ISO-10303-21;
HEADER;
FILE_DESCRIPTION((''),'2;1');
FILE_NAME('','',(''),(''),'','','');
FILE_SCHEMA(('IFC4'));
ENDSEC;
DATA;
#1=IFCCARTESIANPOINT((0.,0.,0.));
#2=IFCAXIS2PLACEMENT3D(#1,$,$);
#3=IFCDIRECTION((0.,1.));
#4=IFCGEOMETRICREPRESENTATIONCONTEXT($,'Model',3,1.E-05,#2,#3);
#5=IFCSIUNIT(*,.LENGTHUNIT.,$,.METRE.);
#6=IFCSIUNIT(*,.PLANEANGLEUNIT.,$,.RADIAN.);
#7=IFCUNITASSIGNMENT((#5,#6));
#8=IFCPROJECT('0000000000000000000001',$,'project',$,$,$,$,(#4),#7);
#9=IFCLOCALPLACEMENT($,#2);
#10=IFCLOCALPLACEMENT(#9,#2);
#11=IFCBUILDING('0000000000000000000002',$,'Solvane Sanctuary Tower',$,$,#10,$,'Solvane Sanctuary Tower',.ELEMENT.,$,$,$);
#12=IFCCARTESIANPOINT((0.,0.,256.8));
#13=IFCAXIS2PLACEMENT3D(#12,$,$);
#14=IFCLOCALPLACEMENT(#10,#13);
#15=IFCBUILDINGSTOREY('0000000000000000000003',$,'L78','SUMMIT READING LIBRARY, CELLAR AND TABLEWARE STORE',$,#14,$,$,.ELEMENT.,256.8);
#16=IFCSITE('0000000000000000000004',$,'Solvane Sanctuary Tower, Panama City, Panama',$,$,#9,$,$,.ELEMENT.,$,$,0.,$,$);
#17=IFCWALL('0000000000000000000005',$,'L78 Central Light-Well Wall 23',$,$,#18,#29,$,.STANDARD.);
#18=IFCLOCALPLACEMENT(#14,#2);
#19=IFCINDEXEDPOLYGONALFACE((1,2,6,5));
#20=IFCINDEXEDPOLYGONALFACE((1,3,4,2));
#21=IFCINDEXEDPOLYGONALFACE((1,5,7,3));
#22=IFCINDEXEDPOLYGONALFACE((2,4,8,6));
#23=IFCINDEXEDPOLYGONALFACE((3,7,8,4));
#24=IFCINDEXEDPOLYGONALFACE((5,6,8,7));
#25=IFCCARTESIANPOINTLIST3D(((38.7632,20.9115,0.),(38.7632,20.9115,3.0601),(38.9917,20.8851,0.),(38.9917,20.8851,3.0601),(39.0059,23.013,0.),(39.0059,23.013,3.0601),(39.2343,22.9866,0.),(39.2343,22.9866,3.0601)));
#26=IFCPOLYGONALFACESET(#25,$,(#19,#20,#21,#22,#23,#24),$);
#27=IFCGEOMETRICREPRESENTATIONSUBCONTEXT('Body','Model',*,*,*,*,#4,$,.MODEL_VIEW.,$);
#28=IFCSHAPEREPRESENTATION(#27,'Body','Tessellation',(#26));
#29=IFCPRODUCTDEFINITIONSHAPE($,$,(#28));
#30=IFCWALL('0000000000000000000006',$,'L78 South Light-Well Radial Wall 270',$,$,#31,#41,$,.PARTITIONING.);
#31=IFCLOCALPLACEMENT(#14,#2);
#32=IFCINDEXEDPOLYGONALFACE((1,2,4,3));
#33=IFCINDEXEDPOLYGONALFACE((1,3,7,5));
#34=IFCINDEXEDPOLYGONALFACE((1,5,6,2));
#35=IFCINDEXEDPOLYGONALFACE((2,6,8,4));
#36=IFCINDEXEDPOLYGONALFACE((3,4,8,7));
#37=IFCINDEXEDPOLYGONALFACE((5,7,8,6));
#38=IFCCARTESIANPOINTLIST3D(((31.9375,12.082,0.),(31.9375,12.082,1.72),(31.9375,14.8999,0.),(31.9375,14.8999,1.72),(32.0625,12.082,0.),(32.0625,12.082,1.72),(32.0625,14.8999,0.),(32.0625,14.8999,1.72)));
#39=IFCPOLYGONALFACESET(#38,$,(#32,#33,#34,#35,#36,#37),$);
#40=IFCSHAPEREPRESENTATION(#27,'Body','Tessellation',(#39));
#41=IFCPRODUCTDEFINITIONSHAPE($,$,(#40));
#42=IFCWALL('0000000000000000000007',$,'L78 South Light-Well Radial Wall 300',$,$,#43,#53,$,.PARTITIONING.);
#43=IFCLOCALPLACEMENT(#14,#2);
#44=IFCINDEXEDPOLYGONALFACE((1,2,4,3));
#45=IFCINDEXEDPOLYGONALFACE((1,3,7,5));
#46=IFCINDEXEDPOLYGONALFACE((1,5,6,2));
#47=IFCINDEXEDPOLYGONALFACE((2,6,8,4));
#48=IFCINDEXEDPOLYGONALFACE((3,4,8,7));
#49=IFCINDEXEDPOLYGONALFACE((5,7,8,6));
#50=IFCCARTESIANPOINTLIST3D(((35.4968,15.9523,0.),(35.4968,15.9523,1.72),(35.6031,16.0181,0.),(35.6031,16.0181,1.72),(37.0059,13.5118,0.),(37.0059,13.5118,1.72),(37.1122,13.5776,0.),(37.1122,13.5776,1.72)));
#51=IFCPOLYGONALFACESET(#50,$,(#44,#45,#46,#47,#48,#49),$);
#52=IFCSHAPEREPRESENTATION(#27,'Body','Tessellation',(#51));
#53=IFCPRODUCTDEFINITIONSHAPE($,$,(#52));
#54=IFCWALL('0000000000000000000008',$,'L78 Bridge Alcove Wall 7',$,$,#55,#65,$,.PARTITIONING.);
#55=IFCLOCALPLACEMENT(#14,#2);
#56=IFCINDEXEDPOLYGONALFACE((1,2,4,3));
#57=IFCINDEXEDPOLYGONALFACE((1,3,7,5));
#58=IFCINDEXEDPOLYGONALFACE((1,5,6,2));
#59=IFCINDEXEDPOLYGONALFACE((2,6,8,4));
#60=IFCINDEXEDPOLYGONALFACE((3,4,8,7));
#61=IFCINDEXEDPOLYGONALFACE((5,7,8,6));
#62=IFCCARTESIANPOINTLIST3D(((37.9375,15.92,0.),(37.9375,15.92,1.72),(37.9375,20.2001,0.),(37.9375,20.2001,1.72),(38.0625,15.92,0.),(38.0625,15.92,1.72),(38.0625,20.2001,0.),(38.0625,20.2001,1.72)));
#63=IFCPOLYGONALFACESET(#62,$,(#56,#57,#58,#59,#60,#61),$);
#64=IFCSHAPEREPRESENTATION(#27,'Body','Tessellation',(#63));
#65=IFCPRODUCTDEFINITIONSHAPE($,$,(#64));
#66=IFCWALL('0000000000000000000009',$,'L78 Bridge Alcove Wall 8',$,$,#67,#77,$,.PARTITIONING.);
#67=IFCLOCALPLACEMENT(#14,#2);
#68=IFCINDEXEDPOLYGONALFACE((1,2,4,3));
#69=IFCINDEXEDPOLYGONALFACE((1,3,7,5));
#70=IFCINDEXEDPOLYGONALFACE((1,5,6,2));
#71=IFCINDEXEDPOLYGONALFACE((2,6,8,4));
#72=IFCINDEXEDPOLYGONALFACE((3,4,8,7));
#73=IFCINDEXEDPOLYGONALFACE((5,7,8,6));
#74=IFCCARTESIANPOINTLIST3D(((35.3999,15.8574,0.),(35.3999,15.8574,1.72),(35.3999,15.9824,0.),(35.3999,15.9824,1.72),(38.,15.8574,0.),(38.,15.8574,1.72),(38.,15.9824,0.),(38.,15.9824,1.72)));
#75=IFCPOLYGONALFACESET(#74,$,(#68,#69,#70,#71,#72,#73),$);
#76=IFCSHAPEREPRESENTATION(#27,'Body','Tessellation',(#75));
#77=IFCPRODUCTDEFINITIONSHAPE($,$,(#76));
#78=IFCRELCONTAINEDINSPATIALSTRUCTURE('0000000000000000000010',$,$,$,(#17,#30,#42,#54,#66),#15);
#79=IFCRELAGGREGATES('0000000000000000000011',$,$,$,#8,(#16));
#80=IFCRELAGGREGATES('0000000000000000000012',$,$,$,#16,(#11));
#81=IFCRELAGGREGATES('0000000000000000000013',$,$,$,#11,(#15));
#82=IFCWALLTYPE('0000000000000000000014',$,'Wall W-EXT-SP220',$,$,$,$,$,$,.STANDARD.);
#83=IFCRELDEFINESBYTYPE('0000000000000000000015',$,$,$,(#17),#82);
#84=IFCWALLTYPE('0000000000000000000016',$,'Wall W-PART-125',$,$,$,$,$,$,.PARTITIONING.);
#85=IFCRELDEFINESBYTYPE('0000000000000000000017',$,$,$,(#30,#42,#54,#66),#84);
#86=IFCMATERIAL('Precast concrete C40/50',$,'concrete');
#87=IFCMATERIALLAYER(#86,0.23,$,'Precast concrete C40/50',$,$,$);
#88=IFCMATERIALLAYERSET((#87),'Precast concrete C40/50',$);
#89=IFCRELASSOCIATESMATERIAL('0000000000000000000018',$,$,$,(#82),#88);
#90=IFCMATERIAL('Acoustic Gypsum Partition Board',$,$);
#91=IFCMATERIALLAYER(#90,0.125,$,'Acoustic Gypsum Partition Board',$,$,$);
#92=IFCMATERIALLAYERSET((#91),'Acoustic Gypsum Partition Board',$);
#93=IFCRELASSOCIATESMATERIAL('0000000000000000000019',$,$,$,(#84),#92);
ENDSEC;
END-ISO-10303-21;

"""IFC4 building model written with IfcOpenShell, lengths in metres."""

from ifc_helpers import new_model, si_unit, direction, frame, frame_2d, origin, place, context, subcontext, project, spatial, rectangle, extrude, material, layer, layer_set, type_object, element, save


model = new_model("IFC4")

# Units and contexts
model_context = context("Model", 3, precision=1e-05, world=origin(), true_north=direction((0.0, 1.0)))
body_context = subcontext(model_context, "Body", "Model", "MODEL_VIEW")
ifc_project = project(units=[si_unit("LENGTHUNIT", "METRE"), si_unit("PLANEANGLEUNIT", "RADIAN")], contexts=[model_context])

# Site, building, storey
site_placement = place(None, origin())
site = spatial("IfcSite", under=ifc_project, at=site_placement, Name="Solvane Sanctuary Tower, Panama City, Panama", CompositionType="ELEMENT", RefElevation=0.0)
building_placement = place(site_placement, origin())
building = spatial("IfcBuilding", under=site, at=building_placement, Name="Solvane Sanctuary Tower", LongName="Solvane Sanctuary Tower", CompositionType="ELEMENT")
storey_placement = place(building_placement, frame((0.0, 0.0, 256.8)))
storey = spatial("IfcBuildingStorey", under=building, at=storey_placement, Name="L78", Description="SUMMIT READING LIBRARY, CELLAR AND TABLEWARE STORE", CompositionType="ELEMENT", Elevation=256.8)

# Shared definitions
ifc_material_1 = material(Name="Acoustic Gypsum Partition Board")

# Shared definitions
ifc_material_2 = material(Name="Precast concrete C40/50", Category="concrete")
ifc_layer_1 = layer(ifc_material_2, 0.23, Name="Precast concrete C40/50")
ifc_layer_set_1 = layer_set([ifc_layer_1], Name="Precast concrete C40/50")
wall_type_1 = type_object("IfcWallType", Name="Wall W-EXT-SP220", PredefinedType="STANDARD", material=ifc_layer_set_1)

# Walls
wall_1_placement = place(storey_placement, frame((38.8774, 20.8984, 0.0), z_axis=(0.0, 0.0, 1.0), x_axis=(0.114712, 0.993399, 0.0)))
element("IfcWall", 1, at=wall_1_placement, inside=storey, type_object=wall_type_1, Name="L78 Central Light-Well Wall 23", PredefinedType="STANDARD", context=body_context, shape_type="SweptSolid", body=[
    extrude(rectangle(XDim=2.1155, YDim=0.23, at=frame_2d((1.0576, 0.0))), origin(), (0.0, 0.0, 1.0), 3.0601),
])
ifc_layer_2 = layer(ifc_material_1, 0.125, Name="Acoustic Gypsum Partition Board")
ifc_layer_set_2 = layer_set([ifc_layer_2], Name="Acoustic Gypsum Partition Board")
wall_type_2 = type_object("IfcWallType", Name="Wall W-PART-125", PredefinedType="PARTITIONING", material=ifc_layer_set_2)
wall_2_placement = place(storey_placement, frame((32.0, 14.8999, 0.0), z_axis=(0.0, 0.0, 1.0), x_axis=(0.0, -1.0, 0.0)))
element("IfcWall", 2, at=wall_2_placement, inside=storey, type_object=wall_type_2, Name="L78 South Light-Well Radial Wall 270", PredefinedType="PARTITIONING", context=body_context, shape_type="SweptSolid", body=[
    extrude(rectangle(XDim=2.8179, YDim=0.125, at=frame_2d((1.4089, 0.0))), origin(), (0.0, 0.0, 1.0), 1.72),
])
wall_3_placement = place(storey_placement, frame((35.55, 15.9851, 0.0), z_axis=(0.0, 0.0, 1.0), x_axis=(0.525924, -0.850532, 0.0)))
element("IfcWall", 3, at=wall_3_placement, inside=storey, type_object=wall_type_2, Name="L78 South Light-Well Radial Wall 300", PredefinedType="PARTITIONING", context=body_context, shape_type="SweptSolid", body=[
    extrude(rectangle(XDim=2.8694, YDim=0.125, at=frame_2d((1.4346, 0.0))), origin(), (0.0, 0.0, 1.0), 1.72),
])
wall_4_placement = place(storey_placement, frame((38.0, 15.9199, 0.0), z_axis=(0.0, 0.0, 1.0), x_axis=(0.0, 1.0, 0.0)))
element("IfcWall", 4, at=wall_4_placement, inside=storey, type_object=wall_type_2, Name="L78 Bridge Alcove Wall 7", PredefinedType="PARTITIONING", context=body_context, shape_type="SweptSolid", body=[
    extrude(rectangle(XDim=4.28, YDim=0.125, at=frame_2d((2.1401, 0.0))), origin(), (0.0, 0.0, 1.0), 1.72),
])
wall_5_placement = place(storey_placement, frame((35.3999, 15.9199, 0.0), z_axis=(0.0, 0.0, 1.0), x_axis=(1.0, 0.0, 0.0)))
element("IfcWall", 5, at=wall_5_placement, inside=storey, type_object=wall_type_2, Name="L78 Bridge Alcove Wall 8", PredefinedType="PARTITIONING", context=body_context, shape_type="SweptSolid", body=[
    extrude(rectangle(XDim=2.6001, YDim=0.125, at=frame_2d((1.3, 0.0))), origin(), (0.0, 0.0, 1.0), 1.72),
])

save(model, "model.ifc")
